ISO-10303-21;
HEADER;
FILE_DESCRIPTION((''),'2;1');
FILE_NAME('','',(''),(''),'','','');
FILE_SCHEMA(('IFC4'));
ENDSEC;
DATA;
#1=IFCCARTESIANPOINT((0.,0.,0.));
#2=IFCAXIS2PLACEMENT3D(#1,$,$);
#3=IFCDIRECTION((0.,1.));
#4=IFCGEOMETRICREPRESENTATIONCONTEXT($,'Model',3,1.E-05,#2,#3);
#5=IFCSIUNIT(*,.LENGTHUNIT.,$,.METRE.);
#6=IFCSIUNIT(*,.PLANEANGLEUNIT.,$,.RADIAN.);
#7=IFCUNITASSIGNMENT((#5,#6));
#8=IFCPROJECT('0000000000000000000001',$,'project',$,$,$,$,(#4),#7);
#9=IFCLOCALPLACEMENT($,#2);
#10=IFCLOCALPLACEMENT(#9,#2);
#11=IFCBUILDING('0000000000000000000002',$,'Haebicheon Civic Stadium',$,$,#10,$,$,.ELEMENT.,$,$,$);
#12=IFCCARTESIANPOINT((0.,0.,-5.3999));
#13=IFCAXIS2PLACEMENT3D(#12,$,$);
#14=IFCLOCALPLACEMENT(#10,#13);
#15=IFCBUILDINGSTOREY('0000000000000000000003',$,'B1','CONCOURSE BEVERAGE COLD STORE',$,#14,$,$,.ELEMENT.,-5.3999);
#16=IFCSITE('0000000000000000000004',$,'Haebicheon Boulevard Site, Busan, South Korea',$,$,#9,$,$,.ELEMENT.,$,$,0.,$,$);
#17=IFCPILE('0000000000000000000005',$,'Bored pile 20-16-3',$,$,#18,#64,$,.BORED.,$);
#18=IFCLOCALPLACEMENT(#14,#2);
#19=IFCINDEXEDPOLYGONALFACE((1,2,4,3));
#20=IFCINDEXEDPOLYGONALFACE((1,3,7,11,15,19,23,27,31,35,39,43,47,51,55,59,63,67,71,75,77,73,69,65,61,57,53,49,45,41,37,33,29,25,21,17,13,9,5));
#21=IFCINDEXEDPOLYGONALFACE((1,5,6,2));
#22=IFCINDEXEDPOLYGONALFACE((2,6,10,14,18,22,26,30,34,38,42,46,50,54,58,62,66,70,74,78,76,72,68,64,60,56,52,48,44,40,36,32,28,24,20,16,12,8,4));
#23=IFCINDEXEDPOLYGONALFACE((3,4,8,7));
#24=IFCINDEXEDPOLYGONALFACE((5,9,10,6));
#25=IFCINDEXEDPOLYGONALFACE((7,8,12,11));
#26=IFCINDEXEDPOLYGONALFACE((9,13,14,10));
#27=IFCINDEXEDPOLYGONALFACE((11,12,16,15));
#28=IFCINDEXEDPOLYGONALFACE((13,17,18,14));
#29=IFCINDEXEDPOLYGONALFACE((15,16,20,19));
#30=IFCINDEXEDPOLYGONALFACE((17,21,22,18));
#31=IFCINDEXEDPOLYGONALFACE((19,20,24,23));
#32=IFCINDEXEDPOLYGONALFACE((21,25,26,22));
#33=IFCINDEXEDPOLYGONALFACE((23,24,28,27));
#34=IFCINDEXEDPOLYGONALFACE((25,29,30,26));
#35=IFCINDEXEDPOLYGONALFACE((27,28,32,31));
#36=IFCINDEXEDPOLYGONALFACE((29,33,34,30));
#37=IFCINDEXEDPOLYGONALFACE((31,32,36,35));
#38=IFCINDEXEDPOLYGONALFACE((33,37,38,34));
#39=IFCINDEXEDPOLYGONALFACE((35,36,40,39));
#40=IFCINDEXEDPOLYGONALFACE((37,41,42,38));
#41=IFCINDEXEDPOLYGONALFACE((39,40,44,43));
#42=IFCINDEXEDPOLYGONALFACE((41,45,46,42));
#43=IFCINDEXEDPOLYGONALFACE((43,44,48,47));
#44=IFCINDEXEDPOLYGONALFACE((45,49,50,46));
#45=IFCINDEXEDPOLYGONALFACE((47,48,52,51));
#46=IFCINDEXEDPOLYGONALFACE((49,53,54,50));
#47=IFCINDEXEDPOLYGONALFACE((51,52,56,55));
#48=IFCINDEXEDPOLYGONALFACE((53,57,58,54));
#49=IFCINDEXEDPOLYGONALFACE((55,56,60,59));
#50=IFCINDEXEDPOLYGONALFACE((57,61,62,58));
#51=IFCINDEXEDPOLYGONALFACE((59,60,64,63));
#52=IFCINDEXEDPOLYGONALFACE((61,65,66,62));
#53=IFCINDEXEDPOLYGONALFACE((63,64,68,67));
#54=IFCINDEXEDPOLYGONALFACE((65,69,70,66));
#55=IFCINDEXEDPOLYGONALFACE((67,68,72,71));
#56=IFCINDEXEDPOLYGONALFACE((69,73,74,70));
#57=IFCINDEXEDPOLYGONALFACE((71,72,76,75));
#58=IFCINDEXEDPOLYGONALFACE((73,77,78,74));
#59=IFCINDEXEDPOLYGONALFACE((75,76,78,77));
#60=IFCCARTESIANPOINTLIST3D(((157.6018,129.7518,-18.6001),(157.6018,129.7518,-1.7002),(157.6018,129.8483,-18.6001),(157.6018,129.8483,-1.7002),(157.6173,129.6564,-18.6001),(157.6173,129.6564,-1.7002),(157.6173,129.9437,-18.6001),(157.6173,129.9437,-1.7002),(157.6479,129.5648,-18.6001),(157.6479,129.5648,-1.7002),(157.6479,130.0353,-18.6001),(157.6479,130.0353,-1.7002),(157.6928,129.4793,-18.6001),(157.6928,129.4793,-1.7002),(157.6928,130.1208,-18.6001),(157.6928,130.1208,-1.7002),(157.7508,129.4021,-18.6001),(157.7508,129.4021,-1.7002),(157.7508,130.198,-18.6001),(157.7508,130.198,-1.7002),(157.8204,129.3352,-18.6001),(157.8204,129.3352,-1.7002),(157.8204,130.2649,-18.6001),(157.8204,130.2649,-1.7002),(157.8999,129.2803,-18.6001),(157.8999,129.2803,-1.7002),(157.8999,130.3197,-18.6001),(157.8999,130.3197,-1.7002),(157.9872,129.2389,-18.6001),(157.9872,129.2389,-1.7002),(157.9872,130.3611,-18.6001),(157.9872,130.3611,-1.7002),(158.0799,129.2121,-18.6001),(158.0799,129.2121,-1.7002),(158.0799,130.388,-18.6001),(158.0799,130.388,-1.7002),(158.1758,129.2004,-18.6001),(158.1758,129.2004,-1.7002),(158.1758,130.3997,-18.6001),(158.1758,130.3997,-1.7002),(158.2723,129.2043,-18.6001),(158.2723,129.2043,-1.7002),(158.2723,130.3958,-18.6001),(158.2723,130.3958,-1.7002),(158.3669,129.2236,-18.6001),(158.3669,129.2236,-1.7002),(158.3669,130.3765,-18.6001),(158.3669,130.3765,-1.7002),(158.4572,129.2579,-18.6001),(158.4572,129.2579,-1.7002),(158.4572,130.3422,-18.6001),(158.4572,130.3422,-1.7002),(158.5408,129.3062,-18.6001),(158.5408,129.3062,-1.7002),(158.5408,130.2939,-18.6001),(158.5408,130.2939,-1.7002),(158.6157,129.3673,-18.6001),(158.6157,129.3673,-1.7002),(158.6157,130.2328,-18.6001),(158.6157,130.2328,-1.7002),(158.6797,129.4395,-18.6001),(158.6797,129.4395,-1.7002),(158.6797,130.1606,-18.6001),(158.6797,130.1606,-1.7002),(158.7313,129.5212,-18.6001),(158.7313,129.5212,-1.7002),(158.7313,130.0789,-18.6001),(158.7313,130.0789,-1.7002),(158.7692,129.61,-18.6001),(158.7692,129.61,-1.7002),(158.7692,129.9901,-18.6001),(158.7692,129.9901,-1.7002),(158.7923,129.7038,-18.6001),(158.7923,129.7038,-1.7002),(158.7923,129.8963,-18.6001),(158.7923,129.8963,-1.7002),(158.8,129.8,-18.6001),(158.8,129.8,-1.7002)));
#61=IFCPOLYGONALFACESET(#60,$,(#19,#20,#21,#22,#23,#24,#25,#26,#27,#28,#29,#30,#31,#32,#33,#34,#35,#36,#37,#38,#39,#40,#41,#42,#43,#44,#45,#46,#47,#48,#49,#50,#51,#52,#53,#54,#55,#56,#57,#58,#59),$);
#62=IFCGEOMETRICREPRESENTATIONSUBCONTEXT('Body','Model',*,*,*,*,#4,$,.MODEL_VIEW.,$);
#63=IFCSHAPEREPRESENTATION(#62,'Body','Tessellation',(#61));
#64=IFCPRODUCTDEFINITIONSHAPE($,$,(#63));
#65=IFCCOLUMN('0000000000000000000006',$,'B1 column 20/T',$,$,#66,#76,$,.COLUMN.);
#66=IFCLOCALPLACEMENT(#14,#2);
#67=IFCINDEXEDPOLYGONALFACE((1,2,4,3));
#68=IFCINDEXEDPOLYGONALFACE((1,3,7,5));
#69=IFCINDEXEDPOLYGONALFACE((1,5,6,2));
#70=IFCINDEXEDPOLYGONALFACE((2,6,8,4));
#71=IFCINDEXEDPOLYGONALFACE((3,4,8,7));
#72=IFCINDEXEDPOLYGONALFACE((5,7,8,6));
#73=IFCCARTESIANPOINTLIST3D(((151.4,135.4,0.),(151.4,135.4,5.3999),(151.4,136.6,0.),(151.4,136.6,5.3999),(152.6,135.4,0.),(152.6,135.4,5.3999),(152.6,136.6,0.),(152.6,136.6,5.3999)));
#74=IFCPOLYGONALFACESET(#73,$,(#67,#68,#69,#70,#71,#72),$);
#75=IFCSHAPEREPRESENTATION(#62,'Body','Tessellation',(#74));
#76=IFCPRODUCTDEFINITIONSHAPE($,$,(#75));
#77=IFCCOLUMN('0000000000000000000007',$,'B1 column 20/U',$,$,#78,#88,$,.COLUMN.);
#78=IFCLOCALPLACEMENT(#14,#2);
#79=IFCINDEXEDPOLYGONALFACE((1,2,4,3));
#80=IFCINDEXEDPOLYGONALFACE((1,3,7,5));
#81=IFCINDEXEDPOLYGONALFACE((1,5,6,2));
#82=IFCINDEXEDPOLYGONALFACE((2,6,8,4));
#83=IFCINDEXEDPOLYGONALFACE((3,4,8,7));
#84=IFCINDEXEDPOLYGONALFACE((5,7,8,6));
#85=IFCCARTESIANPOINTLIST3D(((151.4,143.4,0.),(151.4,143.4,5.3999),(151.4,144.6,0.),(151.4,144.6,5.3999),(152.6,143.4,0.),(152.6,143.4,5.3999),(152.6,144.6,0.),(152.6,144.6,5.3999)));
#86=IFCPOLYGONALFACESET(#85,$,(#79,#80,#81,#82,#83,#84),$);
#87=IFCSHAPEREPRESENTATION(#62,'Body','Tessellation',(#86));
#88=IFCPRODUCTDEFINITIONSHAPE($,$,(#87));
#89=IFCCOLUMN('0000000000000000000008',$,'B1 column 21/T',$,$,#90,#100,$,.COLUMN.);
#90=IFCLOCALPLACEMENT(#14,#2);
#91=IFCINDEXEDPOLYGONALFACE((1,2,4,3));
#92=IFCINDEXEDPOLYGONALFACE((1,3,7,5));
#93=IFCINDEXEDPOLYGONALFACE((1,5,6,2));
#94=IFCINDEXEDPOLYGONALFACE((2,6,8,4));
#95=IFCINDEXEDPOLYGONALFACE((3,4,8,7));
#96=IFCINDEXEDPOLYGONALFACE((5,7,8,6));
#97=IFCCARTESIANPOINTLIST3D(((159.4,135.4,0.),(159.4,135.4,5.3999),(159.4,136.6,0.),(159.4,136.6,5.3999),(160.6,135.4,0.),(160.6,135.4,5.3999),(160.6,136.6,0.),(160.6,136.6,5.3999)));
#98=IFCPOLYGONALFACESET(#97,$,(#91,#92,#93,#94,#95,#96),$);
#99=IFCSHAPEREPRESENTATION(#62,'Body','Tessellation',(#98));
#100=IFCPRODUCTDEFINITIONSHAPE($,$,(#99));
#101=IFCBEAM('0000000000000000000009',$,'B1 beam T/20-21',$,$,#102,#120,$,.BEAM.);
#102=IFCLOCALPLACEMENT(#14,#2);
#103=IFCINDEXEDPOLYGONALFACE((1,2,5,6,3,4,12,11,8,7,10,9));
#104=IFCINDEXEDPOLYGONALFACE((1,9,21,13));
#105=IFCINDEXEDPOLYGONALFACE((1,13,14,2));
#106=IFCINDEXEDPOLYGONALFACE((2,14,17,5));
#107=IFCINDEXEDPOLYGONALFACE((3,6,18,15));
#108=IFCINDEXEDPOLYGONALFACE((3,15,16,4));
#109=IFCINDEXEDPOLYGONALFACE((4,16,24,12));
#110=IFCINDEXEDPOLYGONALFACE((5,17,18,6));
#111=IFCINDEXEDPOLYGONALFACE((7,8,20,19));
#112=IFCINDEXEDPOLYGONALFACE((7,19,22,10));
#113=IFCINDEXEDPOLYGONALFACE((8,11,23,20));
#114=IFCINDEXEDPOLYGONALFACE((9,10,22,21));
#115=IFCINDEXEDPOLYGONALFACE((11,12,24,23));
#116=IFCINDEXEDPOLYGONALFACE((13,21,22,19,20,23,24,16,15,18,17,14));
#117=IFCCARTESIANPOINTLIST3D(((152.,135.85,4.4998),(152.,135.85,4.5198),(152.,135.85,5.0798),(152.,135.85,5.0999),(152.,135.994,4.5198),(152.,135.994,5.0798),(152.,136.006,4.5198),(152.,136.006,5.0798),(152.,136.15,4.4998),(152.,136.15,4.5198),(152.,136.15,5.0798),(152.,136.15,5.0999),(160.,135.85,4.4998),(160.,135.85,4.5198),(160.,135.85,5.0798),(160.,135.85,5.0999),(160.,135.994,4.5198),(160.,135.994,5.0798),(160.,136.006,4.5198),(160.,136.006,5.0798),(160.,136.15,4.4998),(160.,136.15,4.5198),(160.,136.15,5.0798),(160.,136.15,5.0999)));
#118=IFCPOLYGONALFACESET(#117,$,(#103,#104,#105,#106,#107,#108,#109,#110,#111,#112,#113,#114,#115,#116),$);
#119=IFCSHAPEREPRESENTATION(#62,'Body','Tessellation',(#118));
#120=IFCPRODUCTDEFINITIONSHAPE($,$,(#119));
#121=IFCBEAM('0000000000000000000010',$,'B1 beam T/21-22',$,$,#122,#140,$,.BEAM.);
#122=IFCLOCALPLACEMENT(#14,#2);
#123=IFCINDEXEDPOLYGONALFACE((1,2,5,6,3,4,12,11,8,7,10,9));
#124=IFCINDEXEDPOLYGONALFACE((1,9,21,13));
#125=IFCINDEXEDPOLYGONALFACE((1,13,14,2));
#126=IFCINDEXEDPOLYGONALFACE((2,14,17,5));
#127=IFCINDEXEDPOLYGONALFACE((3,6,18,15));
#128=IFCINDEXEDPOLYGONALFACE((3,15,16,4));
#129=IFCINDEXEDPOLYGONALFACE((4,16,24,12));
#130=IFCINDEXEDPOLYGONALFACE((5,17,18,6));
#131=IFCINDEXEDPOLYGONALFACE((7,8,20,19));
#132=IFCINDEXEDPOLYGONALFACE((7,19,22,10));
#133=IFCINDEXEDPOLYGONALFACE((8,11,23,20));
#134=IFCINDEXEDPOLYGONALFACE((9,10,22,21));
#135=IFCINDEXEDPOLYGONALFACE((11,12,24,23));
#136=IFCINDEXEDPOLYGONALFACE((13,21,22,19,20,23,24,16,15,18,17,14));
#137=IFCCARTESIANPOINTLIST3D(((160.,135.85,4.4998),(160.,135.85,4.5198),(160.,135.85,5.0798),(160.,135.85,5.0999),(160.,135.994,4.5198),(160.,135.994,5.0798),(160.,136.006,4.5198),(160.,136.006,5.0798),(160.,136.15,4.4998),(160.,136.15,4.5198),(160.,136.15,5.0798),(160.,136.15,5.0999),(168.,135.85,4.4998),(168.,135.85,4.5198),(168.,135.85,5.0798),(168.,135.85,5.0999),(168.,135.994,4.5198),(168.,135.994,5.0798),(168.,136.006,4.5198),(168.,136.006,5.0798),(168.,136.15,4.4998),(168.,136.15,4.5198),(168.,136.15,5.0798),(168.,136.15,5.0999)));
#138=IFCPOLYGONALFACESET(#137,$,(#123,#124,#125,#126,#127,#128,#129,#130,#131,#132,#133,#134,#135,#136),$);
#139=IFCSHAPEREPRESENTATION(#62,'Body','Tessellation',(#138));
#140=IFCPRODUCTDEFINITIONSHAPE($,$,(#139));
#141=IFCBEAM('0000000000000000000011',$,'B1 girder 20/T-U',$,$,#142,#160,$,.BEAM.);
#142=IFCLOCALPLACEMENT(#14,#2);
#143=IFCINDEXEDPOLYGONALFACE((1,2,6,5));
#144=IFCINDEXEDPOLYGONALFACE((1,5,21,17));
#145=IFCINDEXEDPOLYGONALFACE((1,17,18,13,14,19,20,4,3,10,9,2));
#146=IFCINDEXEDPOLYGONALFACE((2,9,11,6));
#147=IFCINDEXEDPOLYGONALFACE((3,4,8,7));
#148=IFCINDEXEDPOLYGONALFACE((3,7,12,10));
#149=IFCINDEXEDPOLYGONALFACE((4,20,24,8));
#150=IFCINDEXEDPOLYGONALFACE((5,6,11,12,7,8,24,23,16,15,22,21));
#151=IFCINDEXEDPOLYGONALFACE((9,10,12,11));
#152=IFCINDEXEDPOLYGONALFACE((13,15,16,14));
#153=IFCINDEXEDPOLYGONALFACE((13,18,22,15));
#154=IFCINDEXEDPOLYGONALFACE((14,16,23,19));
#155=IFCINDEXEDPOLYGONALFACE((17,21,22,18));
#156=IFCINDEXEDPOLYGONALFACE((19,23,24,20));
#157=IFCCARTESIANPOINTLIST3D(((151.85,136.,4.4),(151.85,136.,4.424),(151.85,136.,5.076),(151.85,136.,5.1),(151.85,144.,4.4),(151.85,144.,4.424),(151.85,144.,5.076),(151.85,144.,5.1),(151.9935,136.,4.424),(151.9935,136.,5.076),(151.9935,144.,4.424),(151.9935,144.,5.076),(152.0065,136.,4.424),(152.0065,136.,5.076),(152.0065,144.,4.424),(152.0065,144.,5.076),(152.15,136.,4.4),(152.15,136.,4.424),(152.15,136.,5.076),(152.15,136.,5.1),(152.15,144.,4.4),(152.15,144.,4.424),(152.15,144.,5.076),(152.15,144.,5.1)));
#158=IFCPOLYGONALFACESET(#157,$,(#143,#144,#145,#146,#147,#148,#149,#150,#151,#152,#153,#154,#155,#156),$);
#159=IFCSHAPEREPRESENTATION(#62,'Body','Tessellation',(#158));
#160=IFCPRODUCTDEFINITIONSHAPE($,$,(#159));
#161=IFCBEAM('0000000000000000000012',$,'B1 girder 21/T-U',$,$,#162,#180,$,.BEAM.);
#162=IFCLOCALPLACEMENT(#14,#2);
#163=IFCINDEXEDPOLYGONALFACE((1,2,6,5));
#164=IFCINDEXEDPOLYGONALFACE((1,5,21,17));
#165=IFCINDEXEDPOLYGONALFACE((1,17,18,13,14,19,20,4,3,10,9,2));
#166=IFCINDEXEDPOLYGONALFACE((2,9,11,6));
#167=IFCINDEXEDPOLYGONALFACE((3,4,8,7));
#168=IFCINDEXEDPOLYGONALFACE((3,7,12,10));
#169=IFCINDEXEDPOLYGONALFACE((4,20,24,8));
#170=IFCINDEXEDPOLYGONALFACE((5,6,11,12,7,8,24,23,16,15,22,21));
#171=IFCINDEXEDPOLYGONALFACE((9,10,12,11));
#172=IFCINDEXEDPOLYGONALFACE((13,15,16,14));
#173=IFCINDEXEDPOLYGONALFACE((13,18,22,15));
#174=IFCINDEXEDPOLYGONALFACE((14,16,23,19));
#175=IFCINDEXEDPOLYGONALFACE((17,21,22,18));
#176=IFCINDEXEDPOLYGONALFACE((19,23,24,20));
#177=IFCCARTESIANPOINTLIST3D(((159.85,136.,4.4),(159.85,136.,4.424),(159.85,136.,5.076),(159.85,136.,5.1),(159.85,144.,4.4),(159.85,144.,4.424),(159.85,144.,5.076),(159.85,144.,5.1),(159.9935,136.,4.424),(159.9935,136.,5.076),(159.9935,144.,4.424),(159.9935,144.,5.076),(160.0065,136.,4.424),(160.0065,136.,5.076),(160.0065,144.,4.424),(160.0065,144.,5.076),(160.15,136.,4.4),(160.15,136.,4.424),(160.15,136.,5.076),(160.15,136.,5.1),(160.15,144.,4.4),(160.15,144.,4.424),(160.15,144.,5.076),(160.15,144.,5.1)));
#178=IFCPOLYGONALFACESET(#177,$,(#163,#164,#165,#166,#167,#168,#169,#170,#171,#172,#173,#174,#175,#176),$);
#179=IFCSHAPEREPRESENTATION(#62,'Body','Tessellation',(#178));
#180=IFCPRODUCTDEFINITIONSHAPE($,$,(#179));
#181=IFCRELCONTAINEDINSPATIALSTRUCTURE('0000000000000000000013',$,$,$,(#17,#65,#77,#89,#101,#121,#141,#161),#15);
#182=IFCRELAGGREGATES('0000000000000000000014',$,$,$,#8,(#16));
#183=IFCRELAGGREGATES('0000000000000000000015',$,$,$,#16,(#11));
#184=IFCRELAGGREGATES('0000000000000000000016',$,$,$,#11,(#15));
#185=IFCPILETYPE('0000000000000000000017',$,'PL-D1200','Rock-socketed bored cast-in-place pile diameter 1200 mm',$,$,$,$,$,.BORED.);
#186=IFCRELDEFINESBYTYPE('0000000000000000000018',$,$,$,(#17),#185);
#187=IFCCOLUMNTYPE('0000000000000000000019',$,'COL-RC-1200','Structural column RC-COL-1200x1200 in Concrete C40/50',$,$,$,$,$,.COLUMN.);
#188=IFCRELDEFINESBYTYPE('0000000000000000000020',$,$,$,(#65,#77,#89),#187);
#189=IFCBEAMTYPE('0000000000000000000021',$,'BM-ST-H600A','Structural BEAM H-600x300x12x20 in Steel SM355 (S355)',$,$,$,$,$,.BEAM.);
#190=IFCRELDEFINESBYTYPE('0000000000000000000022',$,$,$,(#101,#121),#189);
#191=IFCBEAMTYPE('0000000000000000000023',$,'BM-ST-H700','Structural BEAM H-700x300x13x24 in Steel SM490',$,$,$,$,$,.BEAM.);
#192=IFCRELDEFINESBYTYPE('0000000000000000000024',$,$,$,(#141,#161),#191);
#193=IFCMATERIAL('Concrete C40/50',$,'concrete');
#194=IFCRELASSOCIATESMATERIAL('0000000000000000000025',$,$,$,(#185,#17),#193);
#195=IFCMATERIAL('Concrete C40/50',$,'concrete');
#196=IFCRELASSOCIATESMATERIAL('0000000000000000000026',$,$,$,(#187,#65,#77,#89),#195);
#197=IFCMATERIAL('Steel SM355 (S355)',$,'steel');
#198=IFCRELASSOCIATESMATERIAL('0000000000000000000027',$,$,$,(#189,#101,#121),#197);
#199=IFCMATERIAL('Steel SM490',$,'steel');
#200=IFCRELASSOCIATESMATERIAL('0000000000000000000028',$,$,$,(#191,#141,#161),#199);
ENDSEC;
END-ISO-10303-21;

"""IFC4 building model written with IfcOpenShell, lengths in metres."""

from ifc_helpers import new_model, si_unit, direction, frame, origin, origin_2d, place, context, subcontext, project, spatial, rectangle, circle, i_section, extrude, material, material_profile, profile_set, type_object, element, save


model = new_model("IFC4")

# Units and contexts
model_context = context("Model", 3, precision=1e-05, world=origin(), true_north=direction((0.0, 1.0)))
body_context = subcontext(model_context, "Body", "Model", "MODEL_VIEW")
ifc_project = project(units=[si_unit("LENGTHUNIT", "METRE"), si_unit("PLANEANGLEUNIT", "RADIAN")], contexts=[model_context])

# Site, building, storey
site_placement = place(None, origin())
site = spatial("IfcSite", under=ifc_project, at=site_placement, Name="Haebicheon Boulevard Site, Busan, South Korea", CompositionType="ELEMENT", RefElevation=0.0)
building_placement = place(site_placement, origin())
building = spatial("IfcBuilding", under=site, at=building_placement, Name="Haebicheon Civic Stadium", CompositionType="ELEMENT")
storey_placement = place(building_placement, frame((0.0, 0.0, -5.3999)))
storey = spatial("IfcBuildingStorey", under=building, at=storey_placement, Name="B1", Description="CONCOURSE BEVERAGE COLD STORE", CompositionType="ELEMENT", Elevation=-5.3999)

# Pile
ifc_material_1 = material(Name="Concrete C40/50", Category="concrete")
ifc_material_profile_1 = material_profile(ifc_material_1, circle(Radius=0.6001, at=origin_2d()), Name="PILE-D1200")
ifc_profile_set_1 = profile_set([ifc_material_profile_1], Name="Concrete C40/50")
pile_type_1 = type_object("IfcPileType", Name="PL-D1200", Description="Rock-socketed bored cast-in-place pile diameter 1200 mm", PredefinedType="BORED", material=ifc_profile_set_1)
for number, where, z_axis, x_axis, name in (
    (1, (158.2, 129.8, -1.7002), (0.0, 0.0, -1.0), (1.0, 0.0, 0.0), "Bored pile 20-16-3"),
):
    element("IfcPile", number, at=place(storey_placement, frame(where, z_axis=z_axis, x_axis=x_axis)), inside=storey, type_object=pile_type_1, material=ifc_profile_set_1, Name=name, PredefinedType="BORED", context=body_context, shape_type="SweptSolid", body=[
        extrude(circle(Radius=0.6001, at=origin_2d()), origin(), (0.0, 0.0, 1.0), 16.8999),
    ])

# Columns
ifc_material_2 = material(Name="Concrete C40/50", Category="concrete")
ifc_material_profile_2 = material_profile(ifc_material_2, rectangle(XDim=1.2, YDim=1.2, at=origin_2d()), Name="RC-COL-1200x1200")
ifc_profile_set_2 = profile_set([ifc_material_profile_2], Name="Concrete C40/50")
column_type = type_object("IfcColumnType", Name="COL-RC-1200", Description="Structural column RC-COL-1200x1200 in Concrete C40/50", PredefinedType="COLUMN", material=ifc_profile_set_2)
for number, where, z_axis, x_axis, name in (
    (2, (152.0, 136.0, 0.0), (0.0, 0.0, 1.0), (1.0, 0.0, 0.0), "B1 column 20/T"),
    (3, (152.0, 144.0, 0.0), (0.0, 0.0, 1.0), (1.0, 0.0, 0.0), "B1 column 20/U"),
    (4, (160.0, 136.0, 0.0), (0.0, 0.0, 1.0), (1.0, 0.0, 0.0), "B1 column 21/T"),
):
    element("IfcColumn", number, at=place(storey_placement, frame(where, z_axis=z_axis, x_axis=x_axis)), inside=storey, type_object=column_type, material=ifc_profile_set_2, Name=name, PredefinedType="COLUMN", context=body_context, shape_type="SweptSolid", body=[
        extrude(rectangle(XDim=1.2, YDim=1.2, at=origin_2d()), origin(), (0.0, 0.0, 1.0), 5.3999),
    ])

# Beams
ifc_material_3 = material(Name="Steel SM355 (S355)", Category="steel")
ifc_material_profile_3 = material_profile(ifc_material_3, i_section(OverallWidth=0.3, OverallDepth=0.6001, WebThickness=0.012, FlangeThickness=0.02, at=origin_2d()), Name="H-600x300x12x20")
ifc_profile_set_3 = profile_set([ifc_material_profile_3], Name="Steel SM355 (S355)")
beam_type_1 = type_object("IfcBeamType", Name="BM-ST-H600A", Description="Structural BEAM H-600x300x12x20 in Steel SM355 (S355)", PredefinedType="BEAM", material=ifc_profile_set_3)
for number, where, z_axis, x_axis, name in (
    (5, (152.0, 136.0, 4.7998), (1.0, 0.0, 0.0), (0.0, 1.0, 0.0), "B1 beam T/20-21"),
    (6, (160.0, 136.0, 4.7998), (1.0, 0.0, 0.0), (0.0, 1.0, 0.0), "B1 beam T/21-22"),
):
    element("IfcBeam", number, at=place(storey_placement, frame(where, z_axis=z_axis, x_axis=x_axis)), inside=storey, type_object=beam_type_1, material=ifc_profile_set_3, Name=name, PredefinedType="BEAM", context=body_context, shape_type="SweptSolid", body=[
        extrude(i_section(OverallWidth=0.3, OverallDepth=0.6001, WebThickness=0.012, FlangeThickness=0.02, at=origin_2d()), origin(), (0.0, 0.0, 1.0), 8.0),
    ])
ifc_material_4 = material(Name="Steel SM490", Category="steel")
ifc_material_profile_4 = material_profile(ifc_material_4, i_section(OverallWidth=0.3, OverallDepth=0.7, WebThickness=0.0129, FlangeThickness=0.0239, at=origin_2d()), Name="H-700x300x13x24")
ifc_profile_set_4 = profile_set([ifc_material_profile_4], Name="Steel SM490")
beam_type_2 = type_object("IfcBeamType", Name="BM-ST-H700", Description="Structural BEAM H-700x300x13x24 in Steel SM490", PredefinedType="BEAM", material=ifc_profile_set_4)
for number, where, z_axis, x_axis, name in (
    (7, (152.0, 136.0, 4.75), (0.0, 1.0, 0.0), (-1.0, 0.0, 0.0), "B1 girder 20/T-U"),
    (8, (160.0, 136.0, 4.75), (0.0, 1.0, 0.0), (-1.0, 0.0, 0.0), "B1 girder 21/T-U"),
):
    element("IfcBeam", number, at=place(storey_placement, frame(where, z_axis=z_axis, x_axis=x_axis)), inside=storey, type_object=beam_type_2, material=ifc_profile_set_4, Name=name, PredefinedType="BEAM", context=body_context, shape_type="SweptSolid", body=[
        extrude(i_section(OverallWidth=0.3, OverallDepth=0.7, WebThickness=0.0129, FlangeThickness=0.0239, at=origin_2d()), origin(), (0.0, 0.0, 1.0), 8.0),
    ])

save(model, "model.ifc")
